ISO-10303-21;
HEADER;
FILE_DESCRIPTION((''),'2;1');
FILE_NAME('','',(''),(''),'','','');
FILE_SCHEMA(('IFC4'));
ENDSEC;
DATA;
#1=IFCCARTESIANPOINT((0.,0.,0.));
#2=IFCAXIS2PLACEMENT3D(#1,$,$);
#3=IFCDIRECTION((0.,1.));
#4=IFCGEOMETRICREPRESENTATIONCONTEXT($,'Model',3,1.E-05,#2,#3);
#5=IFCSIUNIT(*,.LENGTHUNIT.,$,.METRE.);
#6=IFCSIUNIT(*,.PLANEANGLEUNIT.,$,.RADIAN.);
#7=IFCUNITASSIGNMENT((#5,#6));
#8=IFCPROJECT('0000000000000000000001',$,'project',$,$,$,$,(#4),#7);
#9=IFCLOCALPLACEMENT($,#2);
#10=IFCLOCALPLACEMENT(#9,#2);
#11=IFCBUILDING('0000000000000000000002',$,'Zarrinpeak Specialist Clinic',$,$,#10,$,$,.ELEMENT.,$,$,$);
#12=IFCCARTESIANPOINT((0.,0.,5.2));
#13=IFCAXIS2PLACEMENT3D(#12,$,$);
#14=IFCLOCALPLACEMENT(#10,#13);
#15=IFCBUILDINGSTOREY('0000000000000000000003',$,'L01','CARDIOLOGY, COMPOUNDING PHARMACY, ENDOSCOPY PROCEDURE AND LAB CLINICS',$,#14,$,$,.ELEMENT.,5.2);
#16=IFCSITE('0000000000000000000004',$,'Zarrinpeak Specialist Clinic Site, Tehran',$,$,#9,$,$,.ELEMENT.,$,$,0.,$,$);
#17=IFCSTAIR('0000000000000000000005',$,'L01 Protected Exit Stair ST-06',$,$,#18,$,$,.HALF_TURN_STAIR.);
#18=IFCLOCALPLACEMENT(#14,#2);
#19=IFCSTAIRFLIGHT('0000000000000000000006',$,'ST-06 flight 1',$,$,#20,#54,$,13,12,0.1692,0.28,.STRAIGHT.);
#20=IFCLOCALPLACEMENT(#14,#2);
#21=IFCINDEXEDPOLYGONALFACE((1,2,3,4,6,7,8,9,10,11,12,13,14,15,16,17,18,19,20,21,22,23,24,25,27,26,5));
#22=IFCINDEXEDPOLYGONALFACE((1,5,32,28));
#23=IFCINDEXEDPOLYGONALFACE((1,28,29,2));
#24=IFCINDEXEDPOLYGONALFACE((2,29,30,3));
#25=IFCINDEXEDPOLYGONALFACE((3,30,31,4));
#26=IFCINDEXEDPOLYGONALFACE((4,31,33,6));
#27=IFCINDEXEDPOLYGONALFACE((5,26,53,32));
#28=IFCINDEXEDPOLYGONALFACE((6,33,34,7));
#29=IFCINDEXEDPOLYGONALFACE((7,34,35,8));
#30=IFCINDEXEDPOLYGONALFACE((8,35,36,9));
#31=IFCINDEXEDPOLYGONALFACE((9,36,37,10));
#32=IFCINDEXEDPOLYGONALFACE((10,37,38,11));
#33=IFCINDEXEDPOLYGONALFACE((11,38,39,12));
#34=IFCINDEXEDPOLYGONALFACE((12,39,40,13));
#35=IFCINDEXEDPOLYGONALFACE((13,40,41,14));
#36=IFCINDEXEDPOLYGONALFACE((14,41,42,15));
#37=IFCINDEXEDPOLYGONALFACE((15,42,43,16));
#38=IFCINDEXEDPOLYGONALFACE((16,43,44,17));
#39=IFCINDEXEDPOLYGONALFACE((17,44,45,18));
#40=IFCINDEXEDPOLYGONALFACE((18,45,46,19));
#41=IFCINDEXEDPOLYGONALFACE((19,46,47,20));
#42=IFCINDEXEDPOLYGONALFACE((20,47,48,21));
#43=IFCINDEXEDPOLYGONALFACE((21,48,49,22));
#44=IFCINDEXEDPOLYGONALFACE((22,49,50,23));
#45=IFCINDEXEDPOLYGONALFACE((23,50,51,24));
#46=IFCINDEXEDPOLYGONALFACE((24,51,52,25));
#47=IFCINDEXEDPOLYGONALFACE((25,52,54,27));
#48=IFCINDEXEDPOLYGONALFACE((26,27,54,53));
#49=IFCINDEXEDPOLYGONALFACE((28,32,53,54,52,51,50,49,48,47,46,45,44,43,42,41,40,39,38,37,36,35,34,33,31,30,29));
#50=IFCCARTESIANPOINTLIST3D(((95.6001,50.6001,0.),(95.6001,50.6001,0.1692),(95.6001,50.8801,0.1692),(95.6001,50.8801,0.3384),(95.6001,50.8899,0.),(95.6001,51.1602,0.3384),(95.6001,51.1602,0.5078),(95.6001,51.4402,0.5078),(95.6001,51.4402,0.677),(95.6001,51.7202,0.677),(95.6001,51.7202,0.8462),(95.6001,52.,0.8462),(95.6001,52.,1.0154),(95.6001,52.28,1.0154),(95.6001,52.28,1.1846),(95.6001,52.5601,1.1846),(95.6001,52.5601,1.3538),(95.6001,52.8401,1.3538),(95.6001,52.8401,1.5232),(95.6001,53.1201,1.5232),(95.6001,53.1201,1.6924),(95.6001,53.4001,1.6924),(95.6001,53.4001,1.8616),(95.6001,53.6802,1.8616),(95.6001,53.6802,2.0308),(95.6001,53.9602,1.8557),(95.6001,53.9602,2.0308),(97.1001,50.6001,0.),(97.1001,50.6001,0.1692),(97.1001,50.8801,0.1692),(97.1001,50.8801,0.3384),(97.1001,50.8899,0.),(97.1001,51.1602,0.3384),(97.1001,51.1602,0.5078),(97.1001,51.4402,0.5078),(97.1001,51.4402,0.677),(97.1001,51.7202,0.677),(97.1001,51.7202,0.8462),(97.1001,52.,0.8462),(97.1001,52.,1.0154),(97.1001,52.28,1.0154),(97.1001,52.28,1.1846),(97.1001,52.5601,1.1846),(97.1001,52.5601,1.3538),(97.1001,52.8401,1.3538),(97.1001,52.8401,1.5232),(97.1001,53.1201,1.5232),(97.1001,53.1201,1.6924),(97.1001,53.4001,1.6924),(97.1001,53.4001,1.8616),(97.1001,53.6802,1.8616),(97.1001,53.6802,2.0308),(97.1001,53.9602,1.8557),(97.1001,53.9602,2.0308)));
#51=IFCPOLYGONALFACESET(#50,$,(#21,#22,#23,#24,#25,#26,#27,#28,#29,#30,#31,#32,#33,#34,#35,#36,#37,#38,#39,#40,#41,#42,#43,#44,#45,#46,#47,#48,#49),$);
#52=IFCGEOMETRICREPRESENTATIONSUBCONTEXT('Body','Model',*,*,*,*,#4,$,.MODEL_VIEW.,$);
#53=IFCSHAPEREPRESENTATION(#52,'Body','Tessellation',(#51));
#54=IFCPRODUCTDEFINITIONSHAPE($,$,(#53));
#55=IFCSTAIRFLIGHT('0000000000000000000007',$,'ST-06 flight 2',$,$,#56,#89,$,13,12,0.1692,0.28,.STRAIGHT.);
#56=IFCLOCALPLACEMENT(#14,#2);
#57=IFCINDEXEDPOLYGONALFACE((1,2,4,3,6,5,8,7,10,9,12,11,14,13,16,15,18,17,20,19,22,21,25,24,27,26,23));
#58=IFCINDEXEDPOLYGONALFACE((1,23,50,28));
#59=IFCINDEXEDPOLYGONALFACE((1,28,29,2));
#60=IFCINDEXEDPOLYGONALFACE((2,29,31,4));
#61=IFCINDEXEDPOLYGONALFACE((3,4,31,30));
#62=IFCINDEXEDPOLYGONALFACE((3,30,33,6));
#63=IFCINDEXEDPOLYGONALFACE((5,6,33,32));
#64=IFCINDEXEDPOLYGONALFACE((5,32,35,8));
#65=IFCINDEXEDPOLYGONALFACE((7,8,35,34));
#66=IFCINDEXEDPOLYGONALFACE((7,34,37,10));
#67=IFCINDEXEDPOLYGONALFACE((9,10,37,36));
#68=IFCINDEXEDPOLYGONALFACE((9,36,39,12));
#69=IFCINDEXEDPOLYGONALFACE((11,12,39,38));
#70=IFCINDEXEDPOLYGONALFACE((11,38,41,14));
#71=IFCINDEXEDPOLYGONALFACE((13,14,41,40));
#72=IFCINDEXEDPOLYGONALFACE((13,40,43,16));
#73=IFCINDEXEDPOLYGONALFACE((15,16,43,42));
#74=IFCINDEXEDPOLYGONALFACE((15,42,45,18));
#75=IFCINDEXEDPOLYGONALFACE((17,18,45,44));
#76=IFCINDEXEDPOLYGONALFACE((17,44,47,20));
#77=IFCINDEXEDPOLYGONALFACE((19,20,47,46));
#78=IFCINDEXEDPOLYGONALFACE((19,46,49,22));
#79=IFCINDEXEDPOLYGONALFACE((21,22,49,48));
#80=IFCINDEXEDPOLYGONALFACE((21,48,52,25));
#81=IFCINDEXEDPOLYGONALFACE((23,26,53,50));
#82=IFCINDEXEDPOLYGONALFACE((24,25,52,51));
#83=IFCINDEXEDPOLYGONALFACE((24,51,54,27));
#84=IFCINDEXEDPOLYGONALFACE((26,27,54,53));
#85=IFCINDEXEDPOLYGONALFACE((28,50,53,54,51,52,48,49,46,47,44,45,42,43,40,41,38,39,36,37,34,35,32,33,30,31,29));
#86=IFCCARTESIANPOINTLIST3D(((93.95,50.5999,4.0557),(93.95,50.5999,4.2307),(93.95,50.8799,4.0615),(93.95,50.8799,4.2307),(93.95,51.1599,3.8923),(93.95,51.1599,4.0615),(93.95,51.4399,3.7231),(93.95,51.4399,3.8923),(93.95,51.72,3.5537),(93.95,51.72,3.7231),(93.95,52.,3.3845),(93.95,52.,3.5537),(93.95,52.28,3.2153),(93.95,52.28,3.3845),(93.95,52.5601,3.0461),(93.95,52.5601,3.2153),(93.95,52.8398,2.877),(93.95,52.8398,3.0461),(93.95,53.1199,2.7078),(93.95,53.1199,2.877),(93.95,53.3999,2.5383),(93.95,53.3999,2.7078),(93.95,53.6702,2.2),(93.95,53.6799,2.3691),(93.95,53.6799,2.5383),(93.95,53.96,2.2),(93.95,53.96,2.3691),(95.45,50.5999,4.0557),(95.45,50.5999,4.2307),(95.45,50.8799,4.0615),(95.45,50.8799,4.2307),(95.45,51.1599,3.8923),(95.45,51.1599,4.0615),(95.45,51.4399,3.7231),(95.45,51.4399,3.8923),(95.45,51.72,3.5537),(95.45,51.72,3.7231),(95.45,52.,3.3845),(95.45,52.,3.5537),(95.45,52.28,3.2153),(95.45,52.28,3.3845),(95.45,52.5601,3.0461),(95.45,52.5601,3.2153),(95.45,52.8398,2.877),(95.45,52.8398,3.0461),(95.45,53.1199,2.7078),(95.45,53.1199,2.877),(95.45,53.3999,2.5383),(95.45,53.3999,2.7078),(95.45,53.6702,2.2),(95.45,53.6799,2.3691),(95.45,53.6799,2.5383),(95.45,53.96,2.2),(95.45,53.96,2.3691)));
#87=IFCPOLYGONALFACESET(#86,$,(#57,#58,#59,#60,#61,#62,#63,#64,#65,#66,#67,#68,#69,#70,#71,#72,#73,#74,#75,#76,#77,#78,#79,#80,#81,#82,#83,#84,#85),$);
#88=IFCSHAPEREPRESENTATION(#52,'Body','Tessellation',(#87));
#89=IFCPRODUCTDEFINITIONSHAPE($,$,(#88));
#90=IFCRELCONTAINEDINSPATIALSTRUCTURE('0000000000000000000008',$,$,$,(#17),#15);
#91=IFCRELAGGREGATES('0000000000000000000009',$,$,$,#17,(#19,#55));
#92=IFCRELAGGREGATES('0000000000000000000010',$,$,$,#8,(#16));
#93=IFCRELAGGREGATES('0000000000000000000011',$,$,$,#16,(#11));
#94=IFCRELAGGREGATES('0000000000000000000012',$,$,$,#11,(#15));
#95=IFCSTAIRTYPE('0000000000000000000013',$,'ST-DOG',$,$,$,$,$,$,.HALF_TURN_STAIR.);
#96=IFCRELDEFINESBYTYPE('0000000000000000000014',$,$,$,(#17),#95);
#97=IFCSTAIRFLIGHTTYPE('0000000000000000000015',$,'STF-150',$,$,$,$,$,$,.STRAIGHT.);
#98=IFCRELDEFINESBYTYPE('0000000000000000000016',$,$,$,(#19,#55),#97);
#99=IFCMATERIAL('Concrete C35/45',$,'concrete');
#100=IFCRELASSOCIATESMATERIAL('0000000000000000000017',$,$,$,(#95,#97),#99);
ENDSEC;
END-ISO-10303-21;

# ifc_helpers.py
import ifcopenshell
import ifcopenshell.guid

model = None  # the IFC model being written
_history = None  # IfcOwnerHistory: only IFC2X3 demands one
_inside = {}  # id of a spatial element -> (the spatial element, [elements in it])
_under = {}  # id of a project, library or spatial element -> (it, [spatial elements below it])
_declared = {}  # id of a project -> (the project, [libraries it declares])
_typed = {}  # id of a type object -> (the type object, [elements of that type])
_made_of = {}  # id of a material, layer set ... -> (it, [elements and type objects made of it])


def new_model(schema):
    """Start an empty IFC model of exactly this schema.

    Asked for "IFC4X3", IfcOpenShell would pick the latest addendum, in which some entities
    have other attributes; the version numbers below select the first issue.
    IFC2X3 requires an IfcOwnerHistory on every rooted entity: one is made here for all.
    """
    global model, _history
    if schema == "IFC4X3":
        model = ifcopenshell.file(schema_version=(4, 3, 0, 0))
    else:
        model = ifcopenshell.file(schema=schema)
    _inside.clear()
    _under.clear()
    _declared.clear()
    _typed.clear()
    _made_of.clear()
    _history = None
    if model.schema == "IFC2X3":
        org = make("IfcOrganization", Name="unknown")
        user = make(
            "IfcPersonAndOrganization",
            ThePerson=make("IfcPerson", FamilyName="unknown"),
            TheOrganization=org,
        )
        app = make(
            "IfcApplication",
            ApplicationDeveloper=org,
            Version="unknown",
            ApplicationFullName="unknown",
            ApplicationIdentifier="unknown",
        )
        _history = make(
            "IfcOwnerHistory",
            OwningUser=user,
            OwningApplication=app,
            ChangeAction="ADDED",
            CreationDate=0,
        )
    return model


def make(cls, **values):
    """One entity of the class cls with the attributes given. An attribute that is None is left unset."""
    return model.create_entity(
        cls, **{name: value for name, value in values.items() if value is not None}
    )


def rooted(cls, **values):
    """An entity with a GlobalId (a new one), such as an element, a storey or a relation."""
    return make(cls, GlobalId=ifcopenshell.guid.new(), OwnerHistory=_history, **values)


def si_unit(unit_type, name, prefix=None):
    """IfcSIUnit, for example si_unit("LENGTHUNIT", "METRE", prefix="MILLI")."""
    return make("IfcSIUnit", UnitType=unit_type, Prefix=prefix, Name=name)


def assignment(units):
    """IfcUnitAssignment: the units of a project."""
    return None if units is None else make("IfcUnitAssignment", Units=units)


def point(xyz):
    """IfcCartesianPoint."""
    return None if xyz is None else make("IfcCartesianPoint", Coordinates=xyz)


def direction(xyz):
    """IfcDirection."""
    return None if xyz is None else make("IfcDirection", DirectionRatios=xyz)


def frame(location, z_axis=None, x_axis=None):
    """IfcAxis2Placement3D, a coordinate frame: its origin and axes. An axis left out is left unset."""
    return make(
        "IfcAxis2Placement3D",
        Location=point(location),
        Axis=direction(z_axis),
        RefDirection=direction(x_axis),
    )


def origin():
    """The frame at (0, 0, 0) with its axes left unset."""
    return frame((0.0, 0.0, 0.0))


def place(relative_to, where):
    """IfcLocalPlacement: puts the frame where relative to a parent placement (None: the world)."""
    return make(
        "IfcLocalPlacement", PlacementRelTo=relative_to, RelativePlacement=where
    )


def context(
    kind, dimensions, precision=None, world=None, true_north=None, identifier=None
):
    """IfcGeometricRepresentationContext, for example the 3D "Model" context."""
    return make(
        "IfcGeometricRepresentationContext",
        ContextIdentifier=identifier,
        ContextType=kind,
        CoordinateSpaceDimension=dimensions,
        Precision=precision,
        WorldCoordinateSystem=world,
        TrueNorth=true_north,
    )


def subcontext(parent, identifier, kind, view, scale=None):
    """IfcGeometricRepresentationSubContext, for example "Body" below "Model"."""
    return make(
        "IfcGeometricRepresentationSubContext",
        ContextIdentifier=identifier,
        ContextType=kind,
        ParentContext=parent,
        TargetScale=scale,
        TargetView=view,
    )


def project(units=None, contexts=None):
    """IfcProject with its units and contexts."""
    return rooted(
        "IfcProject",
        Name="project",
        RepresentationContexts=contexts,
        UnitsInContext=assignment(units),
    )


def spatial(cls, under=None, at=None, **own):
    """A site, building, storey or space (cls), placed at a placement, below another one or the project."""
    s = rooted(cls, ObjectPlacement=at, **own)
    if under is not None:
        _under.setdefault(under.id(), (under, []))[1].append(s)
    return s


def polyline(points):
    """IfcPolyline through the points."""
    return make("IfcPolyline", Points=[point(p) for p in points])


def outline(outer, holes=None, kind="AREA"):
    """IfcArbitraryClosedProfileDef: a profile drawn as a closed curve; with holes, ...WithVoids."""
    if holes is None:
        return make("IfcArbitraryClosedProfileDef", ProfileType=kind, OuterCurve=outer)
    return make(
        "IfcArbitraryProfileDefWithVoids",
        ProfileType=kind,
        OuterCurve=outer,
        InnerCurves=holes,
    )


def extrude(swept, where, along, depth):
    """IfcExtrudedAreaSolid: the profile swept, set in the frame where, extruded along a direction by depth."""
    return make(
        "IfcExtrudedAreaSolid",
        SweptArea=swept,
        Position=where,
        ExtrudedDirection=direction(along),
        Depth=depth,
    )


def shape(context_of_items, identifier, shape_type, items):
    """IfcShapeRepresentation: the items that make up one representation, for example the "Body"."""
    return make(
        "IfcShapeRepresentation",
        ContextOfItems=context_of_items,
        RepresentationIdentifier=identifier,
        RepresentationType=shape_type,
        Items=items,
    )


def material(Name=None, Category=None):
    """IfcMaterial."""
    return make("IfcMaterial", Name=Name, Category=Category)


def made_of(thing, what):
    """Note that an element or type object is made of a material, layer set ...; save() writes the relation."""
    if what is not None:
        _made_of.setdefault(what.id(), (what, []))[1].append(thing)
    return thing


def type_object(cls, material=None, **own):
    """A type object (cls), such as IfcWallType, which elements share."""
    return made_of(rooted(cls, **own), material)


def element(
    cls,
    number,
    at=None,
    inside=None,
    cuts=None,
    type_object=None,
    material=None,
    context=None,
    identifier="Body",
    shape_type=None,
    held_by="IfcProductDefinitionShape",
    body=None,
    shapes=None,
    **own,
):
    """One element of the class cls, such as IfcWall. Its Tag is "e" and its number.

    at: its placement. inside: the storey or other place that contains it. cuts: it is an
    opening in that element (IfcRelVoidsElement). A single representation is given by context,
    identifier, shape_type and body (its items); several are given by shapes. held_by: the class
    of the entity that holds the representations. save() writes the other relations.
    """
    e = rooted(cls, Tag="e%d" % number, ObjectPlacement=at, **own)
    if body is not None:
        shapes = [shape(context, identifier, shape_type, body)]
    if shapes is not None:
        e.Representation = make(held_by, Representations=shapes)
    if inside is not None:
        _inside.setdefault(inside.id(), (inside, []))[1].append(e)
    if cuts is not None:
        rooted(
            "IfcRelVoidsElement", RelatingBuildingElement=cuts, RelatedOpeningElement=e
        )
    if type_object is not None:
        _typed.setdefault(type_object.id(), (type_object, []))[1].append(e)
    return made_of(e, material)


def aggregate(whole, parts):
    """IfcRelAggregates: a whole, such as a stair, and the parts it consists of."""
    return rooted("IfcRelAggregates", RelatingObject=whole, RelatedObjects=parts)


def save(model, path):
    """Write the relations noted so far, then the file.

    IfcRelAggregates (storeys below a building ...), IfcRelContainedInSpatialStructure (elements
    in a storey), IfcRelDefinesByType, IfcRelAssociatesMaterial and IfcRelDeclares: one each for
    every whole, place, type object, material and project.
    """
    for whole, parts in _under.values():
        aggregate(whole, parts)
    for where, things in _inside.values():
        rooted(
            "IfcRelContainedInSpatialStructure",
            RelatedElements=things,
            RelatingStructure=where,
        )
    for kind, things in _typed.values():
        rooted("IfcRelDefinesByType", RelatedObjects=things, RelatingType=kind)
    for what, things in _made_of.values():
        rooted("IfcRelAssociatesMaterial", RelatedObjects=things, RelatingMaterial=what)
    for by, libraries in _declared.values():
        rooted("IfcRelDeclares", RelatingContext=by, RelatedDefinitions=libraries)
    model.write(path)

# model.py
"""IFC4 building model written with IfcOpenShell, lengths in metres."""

from ifc_helpers import new_model, si_unit, direction, frame, origin, place, context, subcontext, project, spatial, polyline, outline, extrude, material, type_object, element, aggregate, save


model = new_model("IFC4")

# Units and contexts
model_context = context("Model", 3, precision=1e-05, world=origin(), true_north=direction((0.0, 1.0)))
body_context = subcontext(model_context, "Body", "Model", "MODEL_VIEW")
ifc_project = project(units=[si_unit("LENGTHUNIT", "METRE"), si_unit("PLANEANGLEUNIT", "RADIAN")], contexts=[model_context])

# Site, building, storey
site_placement = place(None, origin())
site = spatial("IfcSite", under=ifc_project, at=site_placement, Name="Zarrinpeak Specialist Clinic Site, Tehran", CompositionType="ELEMENT", RefElevation=0.0)
building_placement = place(site_placement, origin())
building = spatial("IfcBuilding", under=site, at=building_placement, Name="Zarrinpeak Specialist Clinic", CompositionType="ELEMENT")
storey_placement = place(building_placement, frame((0.0, 0.0, 5.2)))
storey = spatial("IfcBuildingStorey", under=building, at=storey_placement, Name="L01", Description="CARDIOLOGY, COMPOUNDING PHARMACY, ENDOSCOPY PROCEDURE AND LAB CLINICS", CompositionType="ELEMENT", Elevation=5.2)

# Stair, stair flights
ifc_material_1 = material(Name="Concrete C35/45", Category="concrete")
stair_type = type_object("IfcStairType", Name="ST-DOG", PredefinedType="HALF_TURN_STAIR", material=ifc_material_1)
stair_placement = place(storey_placement, origin())
stair = element("IfcStair", 1, at=stair_placement, inside=storey, type_object=stair_type, Name="L01 Protected Exit Stair ST-06", PredefinedType="HALF_TURN_STAIR")
stair_flight_type = type_object("IfcStairFlightType", Name="STF-150", PredefinedType="STRAIGHT", material=ifc_material_1)
stair_flight_1_placement = place(storey_placement, frame((96.3501, 50.6001, 0.0), z_axis=(0.0, 0.0, 1.0), x_axis=(0.0, 1.0, 0.0)))
stair_flight_1 = element("IfcStairFlight", 2, at=stair_flight_1_placement, type_object=stair_flight_type, Name="ST-06 flight 1", NumberOfRisers=13, NumberOfTreads=12, PredefinedType="STRAIGHT", RiserHeight=0.1692, TreadLength=0.28, context=body_context, shape_type="SweptSolid", body=[
    extrude(outline(polyline([(0.0, 0.0), (0.0, 0.1692), (0.28, 0.1692), (0.28, 0.3384), (0.5601, 0.3384), (0.5601, 0.5078), (0.8401, 0.5078), (0.8401, 0.677), (1.1201, 0.677), (1.1201, 0.8462), (1.3999, 0.8462), (1.3999, 1.0154), (1.6799, 1.0154), (1.6799, 1.1846), (1.96, 1.1846), (1.96, 1.3538), (2.24, 1.3538), (2.24, 1.5232), (2.52, 1.5232), (2.52, 1.6924), (2.8, 1.6924), (2.8, 1.8616), (3.0801, 1.8616), (3.0801, 2.0308), (3.3601, 2.0308), (3.3601, 2.2), (3.3601, 1.8557), (0.2898, 0.0), (0.0, 0.0)])), frame((0.0, 0.75, 0.0), z_axis=(0.0, -1.0, 0.0), x_axis=(1.0, 0.0, 0.0)), (0.0, 0.0, 1.0), 1.5),
])
stair_flight_2_placement = place(storey_placement, frame((94.7, 53.96, 2.2), z_axis=(0.0, 0.0, 1.0), x_axis=(0.0, -1.0, 0.0)))
stair_flight_2 = element("IfcStairFlight", 3, at=stair_flight_2_placement, type_object=stair_flight_type, Name="ST-06 flight 2", NumberOfRisers=13, NumberOfTreads=12, PredefinedType="STRAIGHT", RiserHeight=0.1692, TreadLength=0.28, context=body_context, shape_type="SweptSolid", body=[
    extrude(outline(polyline([(0.0, 0.0), (0.0, 0.1692), (0.28, 0.1692), (0.28, 0.3384), (0.5601, 0.3384), (0.5601, 0.5078), (0.8401, 0.5078), (0.8401, 0.677), (1.1201, 0.677), (1.1201, 0.8462), (1.3999, 0.8462), (1.3999, 1.0154), (1.6799, 1.0154), (1.6799, 1.1846), (1.96, 1.1846), (1.96, 1.3538), (2.24, 1.3538), (2.24, 1.5232), (2.52, 1.5232), (2.52, 1.6924), (2.8, 1.6924), (2.8, 1.8616), (3.0801, 1.8616), (3.0801, 2.0308), (3.3601, 2.0308), (3.3601, 2.2), (3.3601, 1.8557), (0.2898, 0.0), (0.0, 0.0)])), frame((0.0, 0.75, 0.0), z_axis=(0.0, -1.0, 0.0), x_axis=(1.0, 0.0, 0.0)), (0.0, 0.0, 1.0), 1.5),
])
aggregate(stair, [stair_flight_1, stair_flight_2])

save(model, "model.ifc")
